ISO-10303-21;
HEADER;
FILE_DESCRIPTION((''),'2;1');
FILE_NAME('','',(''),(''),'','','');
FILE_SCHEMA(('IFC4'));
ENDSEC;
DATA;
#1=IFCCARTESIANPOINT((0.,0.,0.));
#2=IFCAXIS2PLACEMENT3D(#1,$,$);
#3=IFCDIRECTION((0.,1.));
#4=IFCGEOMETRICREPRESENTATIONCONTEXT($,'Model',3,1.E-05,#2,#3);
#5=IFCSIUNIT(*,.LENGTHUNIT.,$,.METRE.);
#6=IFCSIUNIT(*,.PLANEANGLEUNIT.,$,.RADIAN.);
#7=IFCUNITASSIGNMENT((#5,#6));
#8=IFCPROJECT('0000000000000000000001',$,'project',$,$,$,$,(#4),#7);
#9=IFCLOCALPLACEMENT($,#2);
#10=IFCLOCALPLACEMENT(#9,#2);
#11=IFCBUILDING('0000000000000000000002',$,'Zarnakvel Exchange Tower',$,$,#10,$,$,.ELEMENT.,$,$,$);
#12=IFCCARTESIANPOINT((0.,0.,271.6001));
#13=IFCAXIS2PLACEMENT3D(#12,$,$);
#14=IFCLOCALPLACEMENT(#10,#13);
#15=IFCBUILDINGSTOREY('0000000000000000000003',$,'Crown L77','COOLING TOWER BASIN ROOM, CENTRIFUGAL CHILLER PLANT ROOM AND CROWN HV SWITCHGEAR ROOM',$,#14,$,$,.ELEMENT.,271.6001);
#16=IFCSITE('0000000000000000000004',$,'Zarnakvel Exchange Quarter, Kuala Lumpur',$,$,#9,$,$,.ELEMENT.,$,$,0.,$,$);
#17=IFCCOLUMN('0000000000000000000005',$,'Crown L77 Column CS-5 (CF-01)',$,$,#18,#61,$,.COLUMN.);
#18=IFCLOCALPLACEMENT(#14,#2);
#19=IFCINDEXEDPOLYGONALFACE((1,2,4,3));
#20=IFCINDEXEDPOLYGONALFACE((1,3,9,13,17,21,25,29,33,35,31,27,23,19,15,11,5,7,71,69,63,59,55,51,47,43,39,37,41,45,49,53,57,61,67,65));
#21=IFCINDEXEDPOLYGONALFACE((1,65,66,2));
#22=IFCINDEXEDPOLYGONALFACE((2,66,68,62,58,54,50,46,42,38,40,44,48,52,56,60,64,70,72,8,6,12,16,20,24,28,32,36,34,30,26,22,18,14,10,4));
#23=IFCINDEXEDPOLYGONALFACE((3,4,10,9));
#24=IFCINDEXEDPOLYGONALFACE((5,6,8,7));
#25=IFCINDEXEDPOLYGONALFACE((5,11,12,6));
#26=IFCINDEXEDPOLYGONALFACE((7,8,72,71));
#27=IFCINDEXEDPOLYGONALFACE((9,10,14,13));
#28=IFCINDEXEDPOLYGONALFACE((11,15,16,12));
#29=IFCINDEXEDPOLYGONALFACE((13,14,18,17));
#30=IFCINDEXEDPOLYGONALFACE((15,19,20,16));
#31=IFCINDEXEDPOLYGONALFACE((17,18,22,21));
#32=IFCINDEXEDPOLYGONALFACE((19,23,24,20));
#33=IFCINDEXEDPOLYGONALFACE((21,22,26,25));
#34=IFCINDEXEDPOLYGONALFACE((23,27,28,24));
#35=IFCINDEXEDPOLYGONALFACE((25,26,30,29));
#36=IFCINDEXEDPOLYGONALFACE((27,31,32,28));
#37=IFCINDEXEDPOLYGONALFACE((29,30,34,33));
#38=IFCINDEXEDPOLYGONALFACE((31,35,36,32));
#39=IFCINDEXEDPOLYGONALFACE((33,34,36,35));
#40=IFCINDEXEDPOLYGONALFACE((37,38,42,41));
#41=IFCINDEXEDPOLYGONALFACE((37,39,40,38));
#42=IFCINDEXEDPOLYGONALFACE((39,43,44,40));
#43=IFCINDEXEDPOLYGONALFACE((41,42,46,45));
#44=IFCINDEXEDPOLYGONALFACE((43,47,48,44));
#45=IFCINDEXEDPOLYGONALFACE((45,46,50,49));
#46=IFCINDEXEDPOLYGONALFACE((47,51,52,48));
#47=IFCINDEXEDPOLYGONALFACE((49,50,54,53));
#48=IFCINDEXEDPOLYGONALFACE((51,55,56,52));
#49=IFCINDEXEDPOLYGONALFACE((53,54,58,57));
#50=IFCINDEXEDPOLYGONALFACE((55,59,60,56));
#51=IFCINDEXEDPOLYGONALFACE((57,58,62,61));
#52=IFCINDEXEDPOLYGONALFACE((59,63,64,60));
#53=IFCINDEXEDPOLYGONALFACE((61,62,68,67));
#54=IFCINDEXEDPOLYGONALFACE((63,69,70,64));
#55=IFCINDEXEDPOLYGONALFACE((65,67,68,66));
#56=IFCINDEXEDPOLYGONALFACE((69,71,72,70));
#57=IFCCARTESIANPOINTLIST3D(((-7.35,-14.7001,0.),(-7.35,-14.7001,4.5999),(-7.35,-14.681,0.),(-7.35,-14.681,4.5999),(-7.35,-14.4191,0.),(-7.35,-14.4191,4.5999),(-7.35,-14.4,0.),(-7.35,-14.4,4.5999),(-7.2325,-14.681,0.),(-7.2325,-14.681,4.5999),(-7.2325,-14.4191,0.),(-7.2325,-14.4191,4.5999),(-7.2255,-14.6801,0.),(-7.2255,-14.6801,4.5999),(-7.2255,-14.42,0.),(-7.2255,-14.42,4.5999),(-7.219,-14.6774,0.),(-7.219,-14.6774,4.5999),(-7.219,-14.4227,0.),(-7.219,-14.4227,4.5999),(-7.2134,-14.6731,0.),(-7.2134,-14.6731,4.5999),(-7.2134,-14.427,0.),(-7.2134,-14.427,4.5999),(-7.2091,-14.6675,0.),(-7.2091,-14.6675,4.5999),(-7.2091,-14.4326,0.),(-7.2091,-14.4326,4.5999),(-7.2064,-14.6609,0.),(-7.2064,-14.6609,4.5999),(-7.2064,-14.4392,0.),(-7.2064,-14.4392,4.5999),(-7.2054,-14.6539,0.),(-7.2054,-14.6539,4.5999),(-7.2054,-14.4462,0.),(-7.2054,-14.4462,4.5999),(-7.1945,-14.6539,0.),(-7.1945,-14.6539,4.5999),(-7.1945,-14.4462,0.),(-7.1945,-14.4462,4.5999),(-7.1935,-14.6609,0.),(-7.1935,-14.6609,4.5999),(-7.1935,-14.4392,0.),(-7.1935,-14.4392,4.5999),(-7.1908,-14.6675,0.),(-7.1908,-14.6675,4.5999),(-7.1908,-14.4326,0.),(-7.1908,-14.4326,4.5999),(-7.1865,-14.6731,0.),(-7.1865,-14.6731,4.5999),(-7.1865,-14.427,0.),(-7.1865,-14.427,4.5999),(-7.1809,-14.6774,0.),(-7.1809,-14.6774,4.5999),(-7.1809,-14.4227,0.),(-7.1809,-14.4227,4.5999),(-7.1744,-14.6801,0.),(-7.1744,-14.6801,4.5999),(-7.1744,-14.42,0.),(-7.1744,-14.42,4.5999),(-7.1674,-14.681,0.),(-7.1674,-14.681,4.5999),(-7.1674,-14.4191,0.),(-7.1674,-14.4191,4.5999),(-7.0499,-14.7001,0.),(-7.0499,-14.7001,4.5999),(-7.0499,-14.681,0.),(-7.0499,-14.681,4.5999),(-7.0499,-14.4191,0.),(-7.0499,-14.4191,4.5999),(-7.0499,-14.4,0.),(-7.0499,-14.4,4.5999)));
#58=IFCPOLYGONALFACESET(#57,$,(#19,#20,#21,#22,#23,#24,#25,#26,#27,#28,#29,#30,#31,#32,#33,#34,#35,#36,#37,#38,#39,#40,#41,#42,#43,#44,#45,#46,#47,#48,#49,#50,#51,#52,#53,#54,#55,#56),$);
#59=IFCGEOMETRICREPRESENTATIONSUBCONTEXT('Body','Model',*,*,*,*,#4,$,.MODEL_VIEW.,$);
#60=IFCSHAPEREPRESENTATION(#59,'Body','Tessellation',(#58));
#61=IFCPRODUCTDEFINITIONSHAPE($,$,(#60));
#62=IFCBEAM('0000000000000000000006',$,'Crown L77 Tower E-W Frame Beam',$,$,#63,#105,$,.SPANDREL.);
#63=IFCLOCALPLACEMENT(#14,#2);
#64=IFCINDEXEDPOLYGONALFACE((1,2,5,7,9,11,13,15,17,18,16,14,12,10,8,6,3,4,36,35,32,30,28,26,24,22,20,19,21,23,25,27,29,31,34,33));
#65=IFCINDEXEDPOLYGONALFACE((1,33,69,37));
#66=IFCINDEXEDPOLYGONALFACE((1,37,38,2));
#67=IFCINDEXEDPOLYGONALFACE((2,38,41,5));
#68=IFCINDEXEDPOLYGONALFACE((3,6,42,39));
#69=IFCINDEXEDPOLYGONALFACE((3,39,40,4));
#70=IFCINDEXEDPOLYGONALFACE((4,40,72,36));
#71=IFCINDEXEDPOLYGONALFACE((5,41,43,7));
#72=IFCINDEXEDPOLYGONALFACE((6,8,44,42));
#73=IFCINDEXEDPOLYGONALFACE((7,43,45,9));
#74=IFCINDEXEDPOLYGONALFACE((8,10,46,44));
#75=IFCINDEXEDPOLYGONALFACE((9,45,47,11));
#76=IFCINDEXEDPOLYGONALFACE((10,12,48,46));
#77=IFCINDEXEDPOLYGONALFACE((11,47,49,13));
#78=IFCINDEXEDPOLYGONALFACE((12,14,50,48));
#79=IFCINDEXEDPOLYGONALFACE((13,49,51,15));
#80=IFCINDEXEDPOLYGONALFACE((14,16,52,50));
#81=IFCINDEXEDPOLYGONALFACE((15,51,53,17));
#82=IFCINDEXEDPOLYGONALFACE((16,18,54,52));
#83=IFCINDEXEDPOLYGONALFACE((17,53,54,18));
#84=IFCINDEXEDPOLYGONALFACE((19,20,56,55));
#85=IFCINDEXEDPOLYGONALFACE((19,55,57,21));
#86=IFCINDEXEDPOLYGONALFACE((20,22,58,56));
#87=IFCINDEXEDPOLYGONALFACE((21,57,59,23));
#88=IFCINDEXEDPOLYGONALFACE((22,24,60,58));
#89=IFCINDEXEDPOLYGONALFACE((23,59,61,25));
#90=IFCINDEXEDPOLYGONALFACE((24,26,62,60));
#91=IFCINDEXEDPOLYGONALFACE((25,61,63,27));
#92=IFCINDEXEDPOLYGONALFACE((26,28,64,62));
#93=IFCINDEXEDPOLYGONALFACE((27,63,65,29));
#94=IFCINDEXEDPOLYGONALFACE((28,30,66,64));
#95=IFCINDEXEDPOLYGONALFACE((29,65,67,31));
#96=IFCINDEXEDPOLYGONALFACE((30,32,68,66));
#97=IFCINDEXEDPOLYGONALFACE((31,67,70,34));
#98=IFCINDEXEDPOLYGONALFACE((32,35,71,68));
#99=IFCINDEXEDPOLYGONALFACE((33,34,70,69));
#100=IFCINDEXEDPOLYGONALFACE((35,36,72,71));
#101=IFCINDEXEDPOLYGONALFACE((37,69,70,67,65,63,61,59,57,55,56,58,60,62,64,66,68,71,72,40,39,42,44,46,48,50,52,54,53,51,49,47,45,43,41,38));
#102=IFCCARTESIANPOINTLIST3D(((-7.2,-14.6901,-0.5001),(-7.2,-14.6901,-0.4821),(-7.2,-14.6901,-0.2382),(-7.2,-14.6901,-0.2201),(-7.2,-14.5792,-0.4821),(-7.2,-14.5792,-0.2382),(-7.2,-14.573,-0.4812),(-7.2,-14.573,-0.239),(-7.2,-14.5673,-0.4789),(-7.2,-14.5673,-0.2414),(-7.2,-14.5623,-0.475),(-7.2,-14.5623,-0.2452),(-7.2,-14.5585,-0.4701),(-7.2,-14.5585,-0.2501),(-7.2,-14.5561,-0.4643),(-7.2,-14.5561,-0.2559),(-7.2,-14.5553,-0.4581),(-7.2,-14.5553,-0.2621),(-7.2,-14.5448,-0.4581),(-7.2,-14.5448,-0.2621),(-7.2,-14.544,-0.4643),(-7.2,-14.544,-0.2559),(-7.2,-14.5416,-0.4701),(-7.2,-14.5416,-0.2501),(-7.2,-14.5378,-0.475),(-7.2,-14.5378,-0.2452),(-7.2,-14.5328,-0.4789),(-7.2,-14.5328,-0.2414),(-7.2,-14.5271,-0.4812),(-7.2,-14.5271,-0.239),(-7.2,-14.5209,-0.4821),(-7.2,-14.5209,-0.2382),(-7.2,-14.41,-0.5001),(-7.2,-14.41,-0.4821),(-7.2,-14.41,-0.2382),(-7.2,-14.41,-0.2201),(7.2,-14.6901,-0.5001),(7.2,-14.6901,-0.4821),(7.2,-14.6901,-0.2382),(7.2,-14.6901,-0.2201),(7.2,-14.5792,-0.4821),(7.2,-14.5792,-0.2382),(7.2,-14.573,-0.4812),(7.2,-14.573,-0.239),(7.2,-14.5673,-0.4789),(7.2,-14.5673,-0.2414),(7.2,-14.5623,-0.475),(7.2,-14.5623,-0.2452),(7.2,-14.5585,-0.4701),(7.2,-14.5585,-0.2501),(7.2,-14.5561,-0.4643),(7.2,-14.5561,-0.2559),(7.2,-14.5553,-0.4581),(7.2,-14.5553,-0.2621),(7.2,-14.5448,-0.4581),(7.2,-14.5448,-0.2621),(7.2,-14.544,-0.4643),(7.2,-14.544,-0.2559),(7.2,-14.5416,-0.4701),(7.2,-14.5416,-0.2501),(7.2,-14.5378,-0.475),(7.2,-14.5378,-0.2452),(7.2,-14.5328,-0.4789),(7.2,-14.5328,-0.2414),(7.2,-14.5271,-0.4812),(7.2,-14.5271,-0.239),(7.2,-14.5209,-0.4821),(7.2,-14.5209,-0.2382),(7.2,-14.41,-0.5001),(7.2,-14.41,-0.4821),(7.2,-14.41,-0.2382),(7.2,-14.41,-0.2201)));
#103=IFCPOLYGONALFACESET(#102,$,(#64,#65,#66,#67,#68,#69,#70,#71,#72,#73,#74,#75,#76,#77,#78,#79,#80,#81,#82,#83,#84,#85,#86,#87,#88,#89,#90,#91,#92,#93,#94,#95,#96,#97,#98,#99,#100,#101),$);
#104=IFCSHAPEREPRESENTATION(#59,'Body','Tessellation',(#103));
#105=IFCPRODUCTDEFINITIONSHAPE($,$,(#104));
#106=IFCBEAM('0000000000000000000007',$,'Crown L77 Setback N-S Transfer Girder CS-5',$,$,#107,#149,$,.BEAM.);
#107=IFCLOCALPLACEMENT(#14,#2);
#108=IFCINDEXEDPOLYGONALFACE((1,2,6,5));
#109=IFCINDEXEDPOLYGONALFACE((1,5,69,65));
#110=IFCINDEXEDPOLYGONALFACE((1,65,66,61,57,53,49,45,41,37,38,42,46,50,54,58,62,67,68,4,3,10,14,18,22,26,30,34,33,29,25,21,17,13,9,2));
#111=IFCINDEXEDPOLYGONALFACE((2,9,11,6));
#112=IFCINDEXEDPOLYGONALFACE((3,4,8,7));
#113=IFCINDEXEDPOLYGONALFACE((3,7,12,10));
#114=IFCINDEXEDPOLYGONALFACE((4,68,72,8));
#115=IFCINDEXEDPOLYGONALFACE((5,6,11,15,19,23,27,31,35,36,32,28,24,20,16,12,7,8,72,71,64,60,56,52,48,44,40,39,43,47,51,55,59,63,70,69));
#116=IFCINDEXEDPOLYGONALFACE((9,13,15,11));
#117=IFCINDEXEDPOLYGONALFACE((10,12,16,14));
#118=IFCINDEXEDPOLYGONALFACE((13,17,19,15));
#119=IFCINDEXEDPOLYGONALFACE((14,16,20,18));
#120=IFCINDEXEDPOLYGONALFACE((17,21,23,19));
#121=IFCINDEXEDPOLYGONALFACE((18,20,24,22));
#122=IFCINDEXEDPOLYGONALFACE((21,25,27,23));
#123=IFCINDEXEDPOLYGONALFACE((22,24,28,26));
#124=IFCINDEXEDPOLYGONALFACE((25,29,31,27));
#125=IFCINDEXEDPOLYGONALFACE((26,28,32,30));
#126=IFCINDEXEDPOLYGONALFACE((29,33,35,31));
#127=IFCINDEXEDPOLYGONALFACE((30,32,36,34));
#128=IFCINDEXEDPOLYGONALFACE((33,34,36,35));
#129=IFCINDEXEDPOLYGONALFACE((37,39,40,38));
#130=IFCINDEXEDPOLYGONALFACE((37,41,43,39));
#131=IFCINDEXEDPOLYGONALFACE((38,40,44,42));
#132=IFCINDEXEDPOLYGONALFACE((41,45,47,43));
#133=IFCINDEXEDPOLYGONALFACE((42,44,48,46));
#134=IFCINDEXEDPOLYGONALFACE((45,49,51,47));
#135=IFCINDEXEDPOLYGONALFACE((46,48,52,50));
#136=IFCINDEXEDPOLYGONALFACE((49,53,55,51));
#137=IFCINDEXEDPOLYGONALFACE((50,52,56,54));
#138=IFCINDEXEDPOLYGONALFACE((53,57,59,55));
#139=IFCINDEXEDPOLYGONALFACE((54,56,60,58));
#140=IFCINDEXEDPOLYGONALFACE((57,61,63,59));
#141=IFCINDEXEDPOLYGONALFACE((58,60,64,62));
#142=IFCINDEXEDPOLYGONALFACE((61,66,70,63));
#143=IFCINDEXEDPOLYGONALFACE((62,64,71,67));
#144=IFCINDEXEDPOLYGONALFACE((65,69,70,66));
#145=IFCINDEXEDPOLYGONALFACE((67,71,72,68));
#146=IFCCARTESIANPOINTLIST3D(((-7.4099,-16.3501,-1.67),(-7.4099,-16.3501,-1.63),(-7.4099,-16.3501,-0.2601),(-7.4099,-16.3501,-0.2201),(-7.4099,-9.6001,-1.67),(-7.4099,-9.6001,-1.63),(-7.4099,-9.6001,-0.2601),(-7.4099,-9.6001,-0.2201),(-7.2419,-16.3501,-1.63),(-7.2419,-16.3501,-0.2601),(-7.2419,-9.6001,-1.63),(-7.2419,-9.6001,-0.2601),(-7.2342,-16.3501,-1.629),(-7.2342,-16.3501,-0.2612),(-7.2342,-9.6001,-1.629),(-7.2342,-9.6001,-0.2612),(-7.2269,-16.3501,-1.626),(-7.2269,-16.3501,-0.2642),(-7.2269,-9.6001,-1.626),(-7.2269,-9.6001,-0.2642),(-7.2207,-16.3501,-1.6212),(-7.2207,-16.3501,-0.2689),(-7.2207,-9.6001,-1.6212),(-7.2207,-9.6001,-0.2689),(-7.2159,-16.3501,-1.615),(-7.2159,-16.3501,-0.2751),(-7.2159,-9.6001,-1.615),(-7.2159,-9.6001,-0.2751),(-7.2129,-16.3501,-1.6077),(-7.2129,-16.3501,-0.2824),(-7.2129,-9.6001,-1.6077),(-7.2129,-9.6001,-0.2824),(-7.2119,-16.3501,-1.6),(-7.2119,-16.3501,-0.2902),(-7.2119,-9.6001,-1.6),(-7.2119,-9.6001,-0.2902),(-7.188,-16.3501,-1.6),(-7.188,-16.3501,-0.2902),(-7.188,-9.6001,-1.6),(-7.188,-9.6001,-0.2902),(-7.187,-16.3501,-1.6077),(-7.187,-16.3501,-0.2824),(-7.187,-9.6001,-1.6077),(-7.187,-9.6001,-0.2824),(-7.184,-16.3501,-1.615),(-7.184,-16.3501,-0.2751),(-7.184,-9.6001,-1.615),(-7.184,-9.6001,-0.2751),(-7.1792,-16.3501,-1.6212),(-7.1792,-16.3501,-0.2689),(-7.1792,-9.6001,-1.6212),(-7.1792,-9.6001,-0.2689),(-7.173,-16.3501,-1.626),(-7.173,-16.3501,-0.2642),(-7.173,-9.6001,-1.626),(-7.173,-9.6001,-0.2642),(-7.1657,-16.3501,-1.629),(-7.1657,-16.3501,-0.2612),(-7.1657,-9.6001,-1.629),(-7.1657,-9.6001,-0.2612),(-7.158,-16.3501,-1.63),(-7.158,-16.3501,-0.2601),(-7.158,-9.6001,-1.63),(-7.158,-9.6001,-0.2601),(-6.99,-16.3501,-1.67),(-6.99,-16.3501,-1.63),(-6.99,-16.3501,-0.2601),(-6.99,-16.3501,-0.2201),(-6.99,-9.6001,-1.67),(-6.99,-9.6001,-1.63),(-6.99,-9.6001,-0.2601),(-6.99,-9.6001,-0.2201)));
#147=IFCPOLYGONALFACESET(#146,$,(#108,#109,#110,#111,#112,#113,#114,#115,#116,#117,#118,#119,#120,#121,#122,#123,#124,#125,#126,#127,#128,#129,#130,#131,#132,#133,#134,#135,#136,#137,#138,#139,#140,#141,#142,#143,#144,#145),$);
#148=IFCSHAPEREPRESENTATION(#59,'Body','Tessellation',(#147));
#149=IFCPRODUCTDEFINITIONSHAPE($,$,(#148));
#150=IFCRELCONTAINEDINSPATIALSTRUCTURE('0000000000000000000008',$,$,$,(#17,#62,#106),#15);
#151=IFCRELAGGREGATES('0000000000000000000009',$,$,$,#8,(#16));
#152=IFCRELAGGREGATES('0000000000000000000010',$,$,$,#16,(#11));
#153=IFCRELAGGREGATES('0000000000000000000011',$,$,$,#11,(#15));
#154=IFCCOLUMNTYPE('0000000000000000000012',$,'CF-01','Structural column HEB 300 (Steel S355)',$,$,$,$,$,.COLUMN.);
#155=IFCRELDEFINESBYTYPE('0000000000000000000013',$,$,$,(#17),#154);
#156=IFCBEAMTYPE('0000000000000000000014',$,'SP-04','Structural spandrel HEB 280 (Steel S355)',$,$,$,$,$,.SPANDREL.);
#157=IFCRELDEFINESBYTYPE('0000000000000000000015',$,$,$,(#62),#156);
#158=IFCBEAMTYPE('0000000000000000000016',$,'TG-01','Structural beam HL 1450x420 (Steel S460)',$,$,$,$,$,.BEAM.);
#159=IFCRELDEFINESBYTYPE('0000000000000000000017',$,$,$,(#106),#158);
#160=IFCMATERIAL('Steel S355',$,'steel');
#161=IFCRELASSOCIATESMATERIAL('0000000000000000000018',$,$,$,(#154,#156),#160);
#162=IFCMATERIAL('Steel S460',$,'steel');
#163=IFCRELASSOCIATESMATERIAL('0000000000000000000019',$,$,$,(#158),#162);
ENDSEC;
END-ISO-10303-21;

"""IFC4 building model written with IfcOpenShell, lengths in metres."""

from ifc_helpers import new_model, si_unit, direction, frame, origin, origin_2d, place, context, subcontext, project, spatial, i_section, extrude, material, material_profile, profile_set, type_object, element, save


model = new_model("IFC4")

# Units and contexts
model_context = context("Model", 3, precision=1e-05, world=origin(), true_north=direction((0.0, 1.0)))
body_context = subcontext(model_context, "Body", "Model", "MODEL_VIEW")
ifc_project = project(units=[si_unit("LENGTHUNIT", "METRE"), si_unit("PLANEANGLEUNIT", "RADIAN")], contexts=[model_context])

# Site, building, storey
site_placement = place(None, origin())
site = spatial("IfcSite", under=ifc_project, at=site_placement, Name="Zarnakvel Exchange Quarter, Kuala Lumpur", CompositionType="ELEMENT", RefElevation=0.0)
building_placement = place(site_placement, origin())
building = spatial("IfcBuilding", under=site, at=building_placement, Name="Zarnakvel Exchange Tower", CompositionType="ELEMENT")
storey_placement = place(building_placement, frame((0.0, 0.0, 271.6001)))
storey = spatial("IfcBuildingStorey", under=building, at=storey_placement, Name="Crown L77", Description="COOLING TOWER BASIN ROOM, CENTRIFUGAL CHILLER PLANT ROOM AND CROWN HV SWITCHGEAR ROOM", CompositionType="ELEMENT", Elevation=271.6001)

# Column
ifc_material_1 = material(Name="Steel S355", Category="steel")
ifc_material_profile_1 = material_profile(ifc_material_1, i_section(OverallWidth=0.3, OverallDepth=0.3, WebThickness=0.011, FlangeThickness=0.019, FilletRadius=0.0271, at=origin_2d()))
ifc_profile_set_1 = profile_set([ifc_material_profile_1], Name="Steel S355")
column_type = type_object("IfcColumnType", Name="CF-01", Description="Structural column HEB 300 (Steel S355)", PredefinedType="COLUMN", material=ifc_profile_set_1)
column_placement = place(storey_placement, frame((-7.2, -14.55, 0.0), z_axis=(0.0, 0.0, 1.0), x_axis=(1.0, 0.0, 0.0)))
element("IfcColumn", 1, at=column_placement, inside=storey, type_object=column_type, Name="Crown L77 Column CS-5 (CF-01)", PredefinedType="COLUMN", context=body_context, shape_type="SweptSolid", body=[
    extrude(i_section(OverallWidth=0.3, OverallDepth=0.3, WebThickness=0.011, FlangeThickness=0.019, FilletRadius=0.0271, at=origin_2d()), origin(), (0.0, 0.0, 1.0), 4.5999),
])

# Beams
ifc_material_profile_2 = material_profile(ifc_material_1, i_section(OverallWidth=0.28, OverallDepth=0.28, WebThickness=0.0105, FlangeThickness=0.0181, FilletRadius=0.0239, at=origin_2d()))
ifc_profile_set_2 = profile_set([ifc_material_profile_2], Name="Steel S355")
beam_type_1 = type_object("IfcBeamType", Name="SP-04", Description="Structural spandrel HEB 280 (Steel S355)", PredefinedType="SPANDREL", material=ifc_profile_set_2)
beam_1_placement = place(storey_placement, frame((-7.2, -14.55, -0.3601), z_axis=(1.0, 0.0, 0.0), x_axis=(0.0, 1.0, 0.0)))
element("IfcBeam", 2, at=beam_1_placement, inside=storey, type_object=beam_type_1, Name="Crown L77 Tower E-W Frame Beam", PredefinedType="SPANDREL", context=body_context, shape_type="SweptSolid", body=[
    extrude(i_section(OverallWidth=0.28, OverallDepth=0.28, WebThickness=0.0105, FlangeThickness=0.0181, FilletRadius=0.0239, at=origin_2d()), origin(), (0.0, 0.0, 1.0), 14.3999),
])
ifc_material_2 = material(Name="Steel S460", Category="steel")
ifc_material_profile_3 = material_profile(ifc_material_2, i_section(OverallWidth=0.4199, OverallDepth=1.45, WebThickness=0.0239, FlangeThickness=0.04, FilletRadius=0.03, at=origin_2d()))
ifc_profile_set_3 = profile_set([ifc_material_profile_3], Name="Steel S460")
beam_type_2 = type_object("IfcBeamType", Name="TG-01", Description="Structural beam HL 1450x420 (Steel S460)", PredefinedType="BEAM", material=ifc_profile_set_3)
beam_2_placement = place(storey_placement, frame((-7.2, -16.3501, -0.9451), z_axis=(0.0, 1.0, 0.0), x_axis=(-1.0, 0.0, 0.0)))
element("IfcBeam", 3, at=beam_2_placement, inside=storey, type_object=beam_type_2, Name="Crown L77 Setback N-S Transfer Girder CS-5", PredefinedType="BEAM", context=body_context, shape_type="SweptSolid", body=[
    extrude(i_section(OverallWidth=0.4199, OverallDepth=1.45, WebThickness=0.0239, FlangeThickness=0.04, FilletRadius=0.03, at=origin_2d()), origin(), (0.0, 0.0, 1.0), 6.75),
])

save(model, "model.ifc")
